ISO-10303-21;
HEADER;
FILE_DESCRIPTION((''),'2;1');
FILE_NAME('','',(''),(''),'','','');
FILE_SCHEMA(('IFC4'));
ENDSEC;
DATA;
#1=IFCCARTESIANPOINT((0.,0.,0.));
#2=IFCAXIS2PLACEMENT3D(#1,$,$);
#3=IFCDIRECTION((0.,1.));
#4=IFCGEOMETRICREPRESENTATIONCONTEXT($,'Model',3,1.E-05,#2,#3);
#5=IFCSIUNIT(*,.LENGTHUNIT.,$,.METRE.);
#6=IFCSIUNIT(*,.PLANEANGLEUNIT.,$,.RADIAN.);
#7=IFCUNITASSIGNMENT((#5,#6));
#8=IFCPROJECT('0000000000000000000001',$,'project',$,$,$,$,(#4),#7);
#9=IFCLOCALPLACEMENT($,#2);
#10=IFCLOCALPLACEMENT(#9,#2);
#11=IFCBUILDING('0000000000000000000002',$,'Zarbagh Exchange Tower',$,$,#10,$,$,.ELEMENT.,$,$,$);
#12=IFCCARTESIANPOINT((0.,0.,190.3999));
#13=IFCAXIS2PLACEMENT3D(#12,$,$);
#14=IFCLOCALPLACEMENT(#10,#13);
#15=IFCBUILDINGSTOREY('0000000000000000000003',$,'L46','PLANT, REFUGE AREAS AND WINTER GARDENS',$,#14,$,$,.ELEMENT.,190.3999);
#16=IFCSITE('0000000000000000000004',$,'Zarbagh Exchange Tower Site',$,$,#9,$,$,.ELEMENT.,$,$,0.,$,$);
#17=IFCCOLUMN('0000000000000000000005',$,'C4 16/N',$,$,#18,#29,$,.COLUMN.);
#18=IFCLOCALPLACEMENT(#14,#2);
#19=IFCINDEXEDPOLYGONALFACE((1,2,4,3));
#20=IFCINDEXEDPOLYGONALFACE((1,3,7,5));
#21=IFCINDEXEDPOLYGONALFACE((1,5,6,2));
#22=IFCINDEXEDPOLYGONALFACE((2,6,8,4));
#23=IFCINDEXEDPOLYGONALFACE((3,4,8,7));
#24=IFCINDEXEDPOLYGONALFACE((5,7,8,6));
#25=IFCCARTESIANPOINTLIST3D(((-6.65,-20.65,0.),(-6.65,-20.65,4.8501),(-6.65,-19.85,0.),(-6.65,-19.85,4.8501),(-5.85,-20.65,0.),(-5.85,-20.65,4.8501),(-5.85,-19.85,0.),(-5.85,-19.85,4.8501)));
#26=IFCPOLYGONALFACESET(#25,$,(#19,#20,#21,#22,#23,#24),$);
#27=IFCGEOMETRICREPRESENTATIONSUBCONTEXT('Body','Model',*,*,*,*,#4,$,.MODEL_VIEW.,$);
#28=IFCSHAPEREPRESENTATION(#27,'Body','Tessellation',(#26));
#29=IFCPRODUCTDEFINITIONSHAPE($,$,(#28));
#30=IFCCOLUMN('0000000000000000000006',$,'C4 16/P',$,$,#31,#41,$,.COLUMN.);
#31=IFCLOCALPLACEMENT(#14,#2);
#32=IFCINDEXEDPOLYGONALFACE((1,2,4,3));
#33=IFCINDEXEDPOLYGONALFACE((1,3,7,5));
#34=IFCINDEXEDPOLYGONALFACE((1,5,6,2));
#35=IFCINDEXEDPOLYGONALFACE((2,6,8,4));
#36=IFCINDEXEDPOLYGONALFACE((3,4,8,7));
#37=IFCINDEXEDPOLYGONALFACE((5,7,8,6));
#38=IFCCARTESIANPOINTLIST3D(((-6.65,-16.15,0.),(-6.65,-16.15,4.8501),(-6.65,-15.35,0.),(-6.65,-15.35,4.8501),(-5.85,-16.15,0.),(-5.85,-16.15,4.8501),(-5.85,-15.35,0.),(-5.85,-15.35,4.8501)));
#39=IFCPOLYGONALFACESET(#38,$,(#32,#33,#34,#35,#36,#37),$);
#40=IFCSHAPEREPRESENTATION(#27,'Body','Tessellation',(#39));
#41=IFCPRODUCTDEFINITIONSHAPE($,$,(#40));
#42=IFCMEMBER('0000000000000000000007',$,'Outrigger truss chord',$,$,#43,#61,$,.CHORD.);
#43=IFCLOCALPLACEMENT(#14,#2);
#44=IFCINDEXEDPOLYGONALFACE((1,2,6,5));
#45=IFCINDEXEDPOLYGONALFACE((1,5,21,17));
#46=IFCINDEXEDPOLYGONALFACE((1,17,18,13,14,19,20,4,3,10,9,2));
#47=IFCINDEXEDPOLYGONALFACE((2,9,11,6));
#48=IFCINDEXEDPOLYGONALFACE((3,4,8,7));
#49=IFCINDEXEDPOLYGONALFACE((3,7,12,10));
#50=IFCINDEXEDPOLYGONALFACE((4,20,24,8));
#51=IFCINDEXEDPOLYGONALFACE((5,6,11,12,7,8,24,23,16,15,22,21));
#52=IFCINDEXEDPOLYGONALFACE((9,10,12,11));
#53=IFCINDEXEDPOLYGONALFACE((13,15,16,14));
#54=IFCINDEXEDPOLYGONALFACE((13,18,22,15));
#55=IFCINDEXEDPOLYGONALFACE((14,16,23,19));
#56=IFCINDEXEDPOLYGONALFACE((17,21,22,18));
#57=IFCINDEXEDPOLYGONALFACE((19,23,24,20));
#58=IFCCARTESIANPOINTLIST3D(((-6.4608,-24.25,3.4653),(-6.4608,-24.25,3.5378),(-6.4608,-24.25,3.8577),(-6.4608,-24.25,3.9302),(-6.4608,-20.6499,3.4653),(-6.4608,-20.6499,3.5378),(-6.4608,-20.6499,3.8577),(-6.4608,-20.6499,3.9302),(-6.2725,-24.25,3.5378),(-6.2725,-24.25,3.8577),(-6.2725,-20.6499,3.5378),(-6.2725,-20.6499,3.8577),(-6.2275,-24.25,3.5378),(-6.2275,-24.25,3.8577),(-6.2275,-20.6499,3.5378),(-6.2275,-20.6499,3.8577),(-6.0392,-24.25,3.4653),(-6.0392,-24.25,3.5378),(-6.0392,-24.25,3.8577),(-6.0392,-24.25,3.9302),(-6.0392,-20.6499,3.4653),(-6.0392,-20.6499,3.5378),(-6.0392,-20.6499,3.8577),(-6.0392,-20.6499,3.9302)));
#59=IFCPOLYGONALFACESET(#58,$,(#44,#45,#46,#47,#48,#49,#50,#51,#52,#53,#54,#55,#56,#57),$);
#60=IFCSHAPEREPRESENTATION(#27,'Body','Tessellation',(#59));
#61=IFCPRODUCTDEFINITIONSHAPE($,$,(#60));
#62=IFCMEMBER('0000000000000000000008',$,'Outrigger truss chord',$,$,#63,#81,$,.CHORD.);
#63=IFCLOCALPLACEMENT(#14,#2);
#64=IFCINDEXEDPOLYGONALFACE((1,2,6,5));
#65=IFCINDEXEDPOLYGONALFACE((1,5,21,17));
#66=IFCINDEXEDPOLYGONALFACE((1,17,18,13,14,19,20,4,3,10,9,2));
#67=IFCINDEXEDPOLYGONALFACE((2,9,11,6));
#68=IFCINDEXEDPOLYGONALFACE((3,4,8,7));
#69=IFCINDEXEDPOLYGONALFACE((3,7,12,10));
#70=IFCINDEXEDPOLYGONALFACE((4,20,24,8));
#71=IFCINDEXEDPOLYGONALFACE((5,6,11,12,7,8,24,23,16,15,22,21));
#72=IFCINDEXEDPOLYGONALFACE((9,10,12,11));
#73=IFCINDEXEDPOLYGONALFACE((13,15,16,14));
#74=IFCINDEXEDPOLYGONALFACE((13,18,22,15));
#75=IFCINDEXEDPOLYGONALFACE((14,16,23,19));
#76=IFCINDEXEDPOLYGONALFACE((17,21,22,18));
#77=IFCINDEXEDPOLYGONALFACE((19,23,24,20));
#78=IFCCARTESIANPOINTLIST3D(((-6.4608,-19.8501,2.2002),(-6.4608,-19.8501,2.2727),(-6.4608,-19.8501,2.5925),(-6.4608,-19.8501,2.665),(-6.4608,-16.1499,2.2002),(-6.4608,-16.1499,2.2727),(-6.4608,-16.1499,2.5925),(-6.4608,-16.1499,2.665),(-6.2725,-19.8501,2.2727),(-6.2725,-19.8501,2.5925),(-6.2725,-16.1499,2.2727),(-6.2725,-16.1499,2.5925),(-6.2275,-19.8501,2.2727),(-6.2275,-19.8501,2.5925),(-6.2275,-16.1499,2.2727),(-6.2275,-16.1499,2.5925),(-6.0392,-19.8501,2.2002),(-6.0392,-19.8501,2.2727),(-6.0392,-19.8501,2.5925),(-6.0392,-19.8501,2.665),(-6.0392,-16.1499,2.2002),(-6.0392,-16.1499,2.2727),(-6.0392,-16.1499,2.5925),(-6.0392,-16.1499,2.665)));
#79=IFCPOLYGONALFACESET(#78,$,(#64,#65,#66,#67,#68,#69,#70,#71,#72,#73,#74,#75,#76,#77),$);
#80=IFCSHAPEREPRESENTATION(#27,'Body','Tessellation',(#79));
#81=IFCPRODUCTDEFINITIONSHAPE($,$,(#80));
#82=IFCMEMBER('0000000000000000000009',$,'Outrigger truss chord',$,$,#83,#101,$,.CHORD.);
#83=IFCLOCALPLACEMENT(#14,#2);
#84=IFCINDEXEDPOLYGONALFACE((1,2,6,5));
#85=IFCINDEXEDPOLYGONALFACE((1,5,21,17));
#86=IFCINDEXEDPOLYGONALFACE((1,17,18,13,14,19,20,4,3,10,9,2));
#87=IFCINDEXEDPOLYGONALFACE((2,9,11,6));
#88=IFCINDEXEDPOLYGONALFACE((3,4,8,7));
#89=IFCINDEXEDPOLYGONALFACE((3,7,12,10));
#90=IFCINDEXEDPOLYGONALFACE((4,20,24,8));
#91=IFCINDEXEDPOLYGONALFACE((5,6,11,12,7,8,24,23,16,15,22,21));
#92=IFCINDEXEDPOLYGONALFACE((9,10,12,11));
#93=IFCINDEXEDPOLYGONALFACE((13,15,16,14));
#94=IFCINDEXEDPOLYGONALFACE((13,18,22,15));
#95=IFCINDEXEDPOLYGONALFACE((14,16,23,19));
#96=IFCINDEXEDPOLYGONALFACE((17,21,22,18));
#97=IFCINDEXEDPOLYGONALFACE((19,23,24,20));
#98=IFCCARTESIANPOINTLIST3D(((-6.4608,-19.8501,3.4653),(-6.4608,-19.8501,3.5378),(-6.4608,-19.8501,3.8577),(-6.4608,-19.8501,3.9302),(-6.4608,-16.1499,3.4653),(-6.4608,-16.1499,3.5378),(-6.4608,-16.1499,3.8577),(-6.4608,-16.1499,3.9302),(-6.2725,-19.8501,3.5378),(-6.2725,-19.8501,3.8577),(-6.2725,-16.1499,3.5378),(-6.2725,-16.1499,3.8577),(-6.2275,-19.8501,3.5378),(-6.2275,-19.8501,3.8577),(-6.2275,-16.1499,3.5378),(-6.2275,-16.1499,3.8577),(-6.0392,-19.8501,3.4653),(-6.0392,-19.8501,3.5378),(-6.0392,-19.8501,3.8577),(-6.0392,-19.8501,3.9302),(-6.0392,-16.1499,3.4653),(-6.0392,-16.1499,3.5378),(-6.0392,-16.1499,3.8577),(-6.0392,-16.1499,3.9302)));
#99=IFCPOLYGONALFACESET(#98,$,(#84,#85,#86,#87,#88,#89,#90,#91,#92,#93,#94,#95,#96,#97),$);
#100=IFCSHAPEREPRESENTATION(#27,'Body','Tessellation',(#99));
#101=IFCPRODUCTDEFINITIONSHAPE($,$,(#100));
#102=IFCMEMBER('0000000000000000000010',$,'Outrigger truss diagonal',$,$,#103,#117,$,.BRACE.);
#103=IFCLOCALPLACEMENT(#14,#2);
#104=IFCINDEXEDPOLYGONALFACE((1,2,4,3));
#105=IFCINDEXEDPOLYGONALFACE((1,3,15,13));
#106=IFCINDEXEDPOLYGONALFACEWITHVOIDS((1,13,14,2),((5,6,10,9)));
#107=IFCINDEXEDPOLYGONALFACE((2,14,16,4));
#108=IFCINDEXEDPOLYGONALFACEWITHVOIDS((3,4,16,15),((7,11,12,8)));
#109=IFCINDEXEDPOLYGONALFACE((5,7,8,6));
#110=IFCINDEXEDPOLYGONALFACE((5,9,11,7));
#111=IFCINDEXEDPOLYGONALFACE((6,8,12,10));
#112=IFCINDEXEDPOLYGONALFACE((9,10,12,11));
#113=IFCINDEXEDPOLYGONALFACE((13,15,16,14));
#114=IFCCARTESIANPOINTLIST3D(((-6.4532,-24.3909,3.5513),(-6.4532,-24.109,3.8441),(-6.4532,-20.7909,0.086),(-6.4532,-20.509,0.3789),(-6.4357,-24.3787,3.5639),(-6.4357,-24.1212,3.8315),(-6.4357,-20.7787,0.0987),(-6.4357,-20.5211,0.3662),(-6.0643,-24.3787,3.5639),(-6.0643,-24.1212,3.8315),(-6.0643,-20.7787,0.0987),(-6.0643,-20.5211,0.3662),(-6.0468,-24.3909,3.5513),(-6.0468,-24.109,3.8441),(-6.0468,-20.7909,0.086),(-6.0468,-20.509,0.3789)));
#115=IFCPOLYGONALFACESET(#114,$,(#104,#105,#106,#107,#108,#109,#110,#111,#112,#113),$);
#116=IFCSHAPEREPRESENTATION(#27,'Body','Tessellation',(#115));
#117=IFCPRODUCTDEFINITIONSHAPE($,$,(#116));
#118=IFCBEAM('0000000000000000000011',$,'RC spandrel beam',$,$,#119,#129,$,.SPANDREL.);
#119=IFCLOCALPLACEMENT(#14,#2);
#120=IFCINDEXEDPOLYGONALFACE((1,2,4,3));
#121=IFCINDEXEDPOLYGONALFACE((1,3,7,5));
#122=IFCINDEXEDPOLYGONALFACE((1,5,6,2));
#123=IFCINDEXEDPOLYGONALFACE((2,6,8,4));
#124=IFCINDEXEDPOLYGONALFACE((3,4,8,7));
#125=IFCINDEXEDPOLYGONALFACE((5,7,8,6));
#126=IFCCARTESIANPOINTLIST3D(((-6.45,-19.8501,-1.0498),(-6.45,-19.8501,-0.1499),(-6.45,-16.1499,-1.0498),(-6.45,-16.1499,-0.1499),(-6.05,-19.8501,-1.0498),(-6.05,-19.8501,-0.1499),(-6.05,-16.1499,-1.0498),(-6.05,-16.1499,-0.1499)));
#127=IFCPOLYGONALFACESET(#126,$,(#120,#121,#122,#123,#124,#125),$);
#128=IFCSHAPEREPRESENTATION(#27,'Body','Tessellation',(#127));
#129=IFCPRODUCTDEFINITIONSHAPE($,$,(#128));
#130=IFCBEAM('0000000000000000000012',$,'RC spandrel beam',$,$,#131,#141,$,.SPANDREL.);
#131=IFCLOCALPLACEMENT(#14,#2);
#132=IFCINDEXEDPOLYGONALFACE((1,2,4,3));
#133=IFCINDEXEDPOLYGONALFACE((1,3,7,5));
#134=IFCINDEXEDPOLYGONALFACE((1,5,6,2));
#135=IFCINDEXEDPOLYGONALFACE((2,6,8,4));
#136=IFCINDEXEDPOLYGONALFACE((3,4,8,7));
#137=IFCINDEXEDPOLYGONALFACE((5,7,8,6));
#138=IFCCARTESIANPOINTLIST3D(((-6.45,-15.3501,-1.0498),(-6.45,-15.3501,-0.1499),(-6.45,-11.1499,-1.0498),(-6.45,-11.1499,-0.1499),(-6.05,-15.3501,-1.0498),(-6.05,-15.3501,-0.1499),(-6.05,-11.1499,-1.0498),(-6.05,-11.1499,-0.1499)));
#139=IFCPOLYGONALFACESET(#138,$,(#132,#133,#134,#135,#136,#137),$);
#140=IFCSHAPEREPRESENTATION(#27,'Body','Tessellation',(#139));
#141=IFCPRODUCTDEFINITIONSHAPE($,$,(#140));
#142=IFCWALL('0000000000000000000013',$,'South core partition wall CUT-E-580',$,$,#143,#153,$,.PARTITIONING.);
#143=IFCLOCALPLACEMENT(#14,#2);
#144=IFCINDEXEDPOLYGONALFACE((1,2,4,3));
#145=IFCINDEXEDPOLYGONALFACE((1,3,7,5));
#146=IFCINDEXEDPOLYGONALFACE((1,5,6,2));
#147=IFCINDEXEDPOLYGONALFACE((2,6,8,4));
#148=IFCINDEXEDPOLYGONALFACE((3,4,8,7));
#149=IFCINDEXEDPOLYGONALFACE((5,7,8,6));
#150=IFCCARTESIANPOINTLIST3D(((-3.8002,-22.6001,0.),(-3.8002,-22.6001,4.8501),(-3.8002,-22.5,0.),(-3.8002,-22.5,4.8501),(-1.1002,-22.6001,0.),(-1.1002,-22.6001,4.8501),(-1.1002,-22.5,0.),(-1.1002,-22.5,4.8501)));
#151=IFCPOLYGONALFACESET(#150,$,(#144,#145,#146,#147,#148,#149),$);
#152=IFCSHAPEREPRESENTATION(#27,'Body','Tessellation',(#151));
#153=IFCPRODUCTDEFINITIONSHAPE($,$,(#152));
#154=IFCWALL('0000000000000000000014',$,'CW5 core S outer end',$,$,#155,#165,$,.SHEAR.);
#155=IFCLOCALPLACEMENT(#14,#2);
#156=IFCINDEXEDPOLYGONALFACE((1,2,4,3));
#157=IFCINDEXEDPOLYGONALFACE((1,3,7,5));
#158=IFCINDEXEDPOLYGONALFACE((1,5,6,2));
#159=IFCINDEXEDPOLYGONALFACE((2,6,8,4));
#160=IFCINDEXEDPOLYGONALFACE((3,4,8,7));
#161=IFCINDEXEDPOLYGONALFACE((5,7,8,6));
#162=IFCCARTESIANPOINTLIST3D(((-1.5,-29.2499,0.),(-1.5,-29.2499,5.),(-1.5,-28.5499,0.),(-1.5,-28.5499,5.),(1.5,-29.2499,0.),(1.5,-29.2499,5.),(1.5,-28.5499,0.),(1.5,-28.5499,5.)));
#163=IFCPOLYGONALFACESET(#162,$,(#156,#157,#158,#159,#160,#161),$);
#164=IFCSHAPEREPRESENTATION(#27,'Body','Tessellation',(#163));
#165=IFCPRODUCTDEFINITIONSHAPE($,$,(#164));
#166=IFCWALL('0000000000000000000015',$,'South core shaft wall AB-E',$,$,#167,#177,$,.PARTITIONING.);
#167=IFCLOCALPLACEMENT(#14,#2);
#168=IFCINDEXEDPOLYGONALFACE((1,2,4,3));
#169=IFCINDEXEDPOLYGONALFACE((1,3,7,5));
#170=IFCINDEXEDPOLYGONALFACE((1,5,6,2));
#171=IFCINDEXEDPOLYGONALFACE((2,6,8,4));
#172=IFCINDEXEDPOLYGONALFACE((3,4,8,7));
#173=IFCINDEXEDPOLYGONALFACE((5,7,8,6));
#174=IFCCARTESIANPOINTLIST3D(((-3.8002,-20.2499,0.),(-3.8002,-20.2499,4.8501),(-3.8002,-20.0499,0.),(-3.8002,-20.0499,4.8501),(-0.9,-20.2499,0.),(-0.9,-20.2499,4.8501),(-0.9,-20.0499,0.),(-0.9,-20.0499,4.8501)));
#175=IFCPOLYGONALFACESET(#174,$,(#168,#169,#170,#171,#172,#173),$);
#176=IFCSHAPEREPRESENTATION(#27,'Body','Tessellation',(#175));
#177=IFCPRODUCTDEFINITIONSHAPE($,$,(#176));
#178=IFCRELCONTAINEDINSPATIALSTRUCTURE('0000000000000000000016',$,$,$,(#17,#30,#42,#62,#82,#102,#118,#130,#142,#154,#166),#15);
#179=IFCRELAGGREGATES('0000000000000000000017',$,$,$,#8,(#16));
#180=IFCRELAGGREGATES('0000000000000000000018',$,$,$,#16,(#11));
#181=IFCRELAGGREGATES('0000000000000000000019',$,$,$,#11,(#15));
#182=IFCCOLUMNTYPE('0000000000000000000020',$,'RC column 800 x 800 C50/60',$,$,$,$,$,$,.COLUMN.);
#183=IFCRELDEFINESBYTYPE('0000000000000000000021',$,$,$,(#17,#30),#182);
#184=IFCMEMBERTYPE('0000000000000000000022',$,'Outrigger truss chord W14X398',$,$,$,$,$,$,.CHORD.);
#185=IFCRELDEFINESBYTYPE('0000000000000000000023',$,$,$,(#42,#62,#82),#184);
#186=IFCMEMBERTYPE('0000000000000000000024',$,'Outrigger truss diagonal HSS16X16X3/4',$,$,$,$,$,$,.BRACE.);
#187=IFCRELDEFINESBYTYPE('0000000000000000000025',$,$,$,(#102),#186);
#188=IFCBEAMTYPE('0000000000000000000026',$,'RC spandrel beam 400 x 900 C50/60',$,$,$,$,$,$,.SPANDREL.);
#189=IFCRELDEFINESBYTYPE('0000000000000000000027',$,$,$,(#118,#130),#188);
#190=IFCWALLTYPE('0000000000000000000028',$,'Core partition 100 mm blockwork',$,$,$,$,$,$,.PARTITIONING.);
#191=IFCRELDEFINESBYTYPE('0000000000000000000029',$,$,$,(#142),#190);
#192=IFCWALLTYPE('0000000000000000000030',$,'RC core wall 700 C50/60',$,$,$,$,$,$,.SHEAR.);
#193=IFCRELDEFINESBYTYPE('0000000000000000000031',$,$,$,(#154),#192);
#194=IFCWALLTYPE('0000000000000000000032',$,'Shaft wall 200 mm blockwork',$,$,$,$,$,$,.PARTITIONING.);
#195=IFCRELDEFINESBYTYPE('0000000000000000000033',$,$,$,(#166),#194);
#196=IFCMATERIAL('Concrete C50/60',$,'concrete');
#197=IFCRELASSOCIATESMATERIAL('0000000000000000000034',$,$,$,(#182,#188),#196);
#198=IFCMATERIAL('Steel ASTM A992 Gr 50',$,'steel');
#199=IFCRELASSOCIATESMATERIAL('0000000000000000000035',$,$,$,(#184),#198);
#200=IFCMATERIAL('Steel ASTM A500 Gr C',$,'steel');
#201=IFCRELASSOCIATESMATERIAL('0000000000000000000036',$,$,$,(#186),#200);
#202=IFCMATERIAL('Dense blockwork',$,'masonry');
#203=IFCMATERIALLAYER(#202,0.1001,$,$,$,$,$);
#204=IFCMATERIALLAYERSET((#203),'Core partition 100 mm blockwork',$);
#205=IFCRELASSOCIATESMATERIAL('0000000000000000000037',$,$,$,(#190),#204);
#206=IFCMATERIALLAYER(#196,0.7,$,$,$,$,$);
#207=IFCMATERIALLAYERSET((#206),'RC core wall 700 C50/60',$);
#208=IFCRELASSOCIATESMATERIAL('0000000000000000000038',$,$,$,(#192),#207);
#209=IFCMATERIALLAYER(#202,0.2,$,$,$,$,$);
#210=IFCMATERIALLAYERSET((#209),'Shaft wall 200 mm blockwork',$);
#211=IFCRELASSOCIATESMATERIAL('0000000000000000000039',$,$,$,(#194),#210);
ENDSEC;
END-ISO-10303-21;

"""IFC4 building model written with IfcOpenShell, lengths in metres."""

from ifc_helpers import new_model, si_unit, direction, frame, frame_2d, origin, origin_2d, place, context, subcontext, project, spatial, rectangle, hollow_rectangle, i_section, extrude, material, layer, layer_set, material_profile, profile_set, type_object, element, save


model = new_model("IFC4")

# Units and contexts
model_context = context("Model", 3, precision=1e-05, world=origin(), true_north=direction((0.0, 1.0)))
body_context = subcontext(model_context, "Body", "Model", "MODEL_VIEW")
ifc_project = project(units=[si_unit("LENGTHUNIT", "METRE"), si_unit("PLANEANGLEUNIT", "RADIAN")], contexts=[model_context])

# Site, building, storey
site_placement = place(None, origin())
site = spatial("IfcSite", under=ifc_project, at=site_placement, Name="Zarbagh Exchange Tower Site", CompositionType="ELEMENT", RefElevation=0.0)
building_placement = place(site_placement, origin())
building = spatial("IfcBuilding", under=site, at=building_placement, Name="Zarbagh Exchange Tower", CompositionType="ELEMENT")
storey_placement = place(building_placement, frame((0.0, 0.0, 190.3999)))
storey = spatial("IfcBuildingStorey", under=building, at=storey_placement, Name="L46", Description="PLANT, REFUGE AREAS AND WINTER GARDENS", CompositionType="ELEMENT", Elevation=190.3999)

# Columns
ifc_material_1 = material(Name="Concrete C50/60", Category="concrete")
ifc_material_profile_1 = material_profile(ifc_material_1, rectangle(XDim=0.8, YDim=0.8, at=origin_2d()), Name="RC column 800 x 800 C50/60")
ifc_profile_set_1 = profile_set([ifc_material_profile_1], Name="Concrete C50/60")
column_type = type_object("IfcColumnType", Name="RC column 800 x 800 C50/60", PredefinedType="COLUMN", material=ifc_profile_set_1)
for number, where, z_axis, x_axis, name in (
    (1, (-6.25, -20.25, 0.0), (0.0, 0.0, 1.0), (1.0, 0.0, 0.0), "C4 16/N"),
    (2, (-6.25, -15.75, 0.0), (0.0, 0.0, 1.0), (1.0, 0.0, 0.0), "C4 16/P"),
):
    element("IfcColumn", number, at=place(storey_placement, frame(where, z_axis=z_axis, x_axis=x_axis)), inside=storey, type_object=column_type, Name=name, PredefinedType="COLUMN", context=body_context, shape_type="SweptSolid", body=[
        extrude(rectangle(XDim=0.8, YDim=0.8, at=origin_2d()), origin(), (0.0, 0.0, 1.0), 4.8501),
    ])

# Members
ifc_material_2 = material(Name="Steel ASTM A992 Gr 50", Category="steel")
ifc_material_profile_2 = material_profile(ifc_material_2, i_section(OverallWidth=0.4216, OverallDepth=0.4648, WebThickness=0.0449, FlangeThickness=0.0725, at=origin_2d()), Name="W14X398")
ifc_profile_set_2 = profile_set([ifc_material_profile_2], Name="Steel ASTM A992 Gr 50")
member_type_1 = type_object("IfcMemberType", Name="Outrigger truss chord W14X398", PredefinedType="CHORD", material=ifc_profile_set_2)
member_1_placement = place(storey_placement, frame((-6.25, -24.25, 3.6978), z_axis=(0.0, 1.0, 0.0), x_axis=(-1.0, 0.0, 0.0)))
element("IfcMember", 3, at=member_1_placement, inside=storey, type_object=member_type_1, Name="Outrigger truss chord", PredefinedType="CHORD", context=body_context, shape_type="SweptSolid", body=[
    extrude(i_section(OverallWidth=0.4216, OverallDepth=0.4648, WebThickness=0.0449, FlangeThickness=0.0725, at=origin_2d()), origin(), (0.0, 0.0, 1.0), 3.6001),
])
for number, where, z_axis, x_axis, name in (
    (4, (-6.25, -19.8501, 2.4326), (0.0, 1.0, 0.0), (-1.0, 0.0, 0.0), "Outrigger truss chord"),
    (5, (-6.25, -19.8501, 3.6978), (0.0, 1.0, 0.0), (-1.0, 0.0, 0.0), "Outrigger truss chord"),
):
    element("IfcMember", number, at=place(storey_placement, frame(where, z_axis=z_axis, x_axis=x_axis)), inside=storey, type_object=member_type_1, Name=name, PredefinedType="CHORD", context=body_context, shape_type="SweptSolid", body=[
        extrude(i_section(OverallWidth=0.4216, OverallDepth=0.4648, WebThickness=0.0449, FlangeThickness=0.0725, at=origin_2d()), origin(), (0.0, 0.0, 1.0), 3.7002),
    ])
ifc_material_3 = material(Name="Steel ASTM A500 Gr C", Category="steel")
ifc_material_profile_3 = material_profile(ifc_material_3, hollow_rectangle(XDim=0.4065, YDim=0.4065, WallThickness=0.0176, at=origin_2d()), Name="HSS16X16X3/4")
ifc_profile_set_3 = profile_set([ifc_material_profile_3], Name="Steel ASTM A500 Gr C")
member_type_2 = type_object("IfcMemberType", Name="Outrigger truss diagonal HSS16X16X3/4", PredefinedType="BRACE", material=ifc_profile_set_3)
member_2_placement = place(storey_placement, frame((-6.25, -20.6499, 0.2324), z_axis=(0.0, -0.720463, 0.693493), x_axis=(1.0, 0.0, 0.0)))
element("IfcMember", 6, at=member_2_placement, inside=storey, type_object=member_type_2, Name="Outrigger truss diagonal", PredefinedType="BRACE", context=body_context, shape_type="SweptSolid", body=[
    extrude(hollow_rectangle(XDim=0.4065, YDim=0.4065, WallThickness=0.0176, at=origin_2d()), origin(), (0.0, 0.0, 1.0), 4.9968),
])

# Beams
ifc_material_profile_4 = material_profile(ifc_material_1, rectangle(XDim=0.3999, YDim=0.8999, at=origin_2d()), Name="RC spandrel beam 400 x 900 C50/60")
ifc_profile_set_4 = profile_set([ifc_material_profile_4], Name="Concrete C50/60")
beam_type = type_object("IfcBeamType", Name="RC spandrel beam 400 x 900 C50/60", PredefinedType="SPANDREL", material=ifc_profile_set_4)
beam_1_placement = place(storey_placement, frame((-6.25, -19.8501, -0.5999), z_axis=(0.0, 1.0, 0.0), x_axis=(-1.0, 0.0, 0.0)))
element("IfcBeam", 7, at=beam_1_placement, inside=storey, type_object=beam_type, Name="RC spandrel beam", PredefinedType="SPANDREL", context=body_context, shape_type="SweptSolid", body=[
    extrude(rectangle(XDim=0.3999, YDim=0.8999, at=origin_2d()), origin(), (0.0, 0.0, 1.0), 3.7002),
])
beam_2_placement = place(storey_placement, frame((-6.25, -15.3501, -0.5999), z_axis=(0.0, 1.0, 0.0), x_axis=(-1.0, 0.0, 0.0)))
element("IfcBeam", 8, at=beam_2_placement, inside=storey, type_object=beam_type, Name="RC spandrel beam", PredefinedType="SPANDREL", context=body_context, shape_type="SweptSolid", body=[
    extrude(rectangle(XDim=0.3999, YDim=0.8999, at=origin_2d()), origin(), (0.0, 0.0, 1.0), 4.2002),
])

# Walls
ifc_material_4 = material(Name="Dense blockwork", Category="masonry")
ifc_layer_1 = layer(ifc_material_4, 0.1001)
ifc_layer_set_1 = layer_set([ifc_layer_1], Name="Core partition 100 mm blockwork")
wall_type_1 = type_object("IfcWallType", Name="Core partition 100 mm blockwork", PredefinedType="PARTITIONING", material=ifc_layer_set_1)
wall_1_placement = place(storey_placement, frame((-1.1001, -22.55, 0.0), z_axis=(0.0, 0.0, 1.0), x_axis=(-1.0, 0.0, 0.0)))
element("IfcWall", 9, at=wall_1_placement, inside=storey, type_object=wall_type_1, Name="South core partition wall CUT-E-580", PredefinedType="PARTITIONING", context=body_context, shape_type="SweptSolid", body=[
    extrude(rectangle(XDim=2.7, YDim=0.1001, at=frame_2d((1.3501, 0.0))), origin(), (0.0, 0.0, 1.0), 4.8501),
])
ifc_layer_2 = layer(ifc_material_1, 0.7)
ifc_layer_set_2 = layer_set([ifc_layer_2], Name="RC core wall 700 C50/60")
wall_type_2 = type_object("IfcWallType", Name="RC core wall 700 C50/60", PredefinedType="SHEAR", material=ifc_layer_set_2)
wall_2_placement = place(storey_placement, frame((-1.5, -28.8999, 0.0), z_axis=(0.0, 0.0, 1.0), x_axis=(1.0, 0.0, 0.0)))
element("IfcWall", 10, at=wall_2_placement, inside=storey, type_object=wall_type_2, Name="CW5 core S outer end", PredefinedType="SHEAR", context=body_context, shape_type="SweptSolid", body=[
    extrude(rectangle(XDim=3.0, YDim=0.7, at=frame_2d((1.5, 0.0))), origin(), (0.0, 0.0, 1.0), 5.0),
])
ifc_layer_3 = layer(ifc_material_4, 0.2)
ifc_layer_set_3 = layer_set([ifc_layer_3], Name="Shaft wall 200 mm blockwork")
wall_type_3 = type_object("IfcWallType", Name="Shaft wall 200 mm blockwork", PredefinedType="PARTITIONING", material=ifc_layer_set_3)
wall_3_placement = place(storey_placement, frame((-0.8999, -20.1499, 0.0), z_axis=(0.0, 0.0, 1.0), x_axis=(-1.0, 0.0, 0.0)))
element("IfcWall", 11, at=wall_3_placement, inside=storey, type_object=wall_type_3, Name="South core shaft wall AB-E", PredefinedType="PARTITIONING", context=body_context, shape_type="SweptSolid", body=[
    extrude(rectangle(XDim=2.9001, YDim=0.2, at=frame_2d((1.4502, 0.0))), origin(), (0.0, 0.0, 1.0), 4.8501),
])

save(model, "model.ifc")
